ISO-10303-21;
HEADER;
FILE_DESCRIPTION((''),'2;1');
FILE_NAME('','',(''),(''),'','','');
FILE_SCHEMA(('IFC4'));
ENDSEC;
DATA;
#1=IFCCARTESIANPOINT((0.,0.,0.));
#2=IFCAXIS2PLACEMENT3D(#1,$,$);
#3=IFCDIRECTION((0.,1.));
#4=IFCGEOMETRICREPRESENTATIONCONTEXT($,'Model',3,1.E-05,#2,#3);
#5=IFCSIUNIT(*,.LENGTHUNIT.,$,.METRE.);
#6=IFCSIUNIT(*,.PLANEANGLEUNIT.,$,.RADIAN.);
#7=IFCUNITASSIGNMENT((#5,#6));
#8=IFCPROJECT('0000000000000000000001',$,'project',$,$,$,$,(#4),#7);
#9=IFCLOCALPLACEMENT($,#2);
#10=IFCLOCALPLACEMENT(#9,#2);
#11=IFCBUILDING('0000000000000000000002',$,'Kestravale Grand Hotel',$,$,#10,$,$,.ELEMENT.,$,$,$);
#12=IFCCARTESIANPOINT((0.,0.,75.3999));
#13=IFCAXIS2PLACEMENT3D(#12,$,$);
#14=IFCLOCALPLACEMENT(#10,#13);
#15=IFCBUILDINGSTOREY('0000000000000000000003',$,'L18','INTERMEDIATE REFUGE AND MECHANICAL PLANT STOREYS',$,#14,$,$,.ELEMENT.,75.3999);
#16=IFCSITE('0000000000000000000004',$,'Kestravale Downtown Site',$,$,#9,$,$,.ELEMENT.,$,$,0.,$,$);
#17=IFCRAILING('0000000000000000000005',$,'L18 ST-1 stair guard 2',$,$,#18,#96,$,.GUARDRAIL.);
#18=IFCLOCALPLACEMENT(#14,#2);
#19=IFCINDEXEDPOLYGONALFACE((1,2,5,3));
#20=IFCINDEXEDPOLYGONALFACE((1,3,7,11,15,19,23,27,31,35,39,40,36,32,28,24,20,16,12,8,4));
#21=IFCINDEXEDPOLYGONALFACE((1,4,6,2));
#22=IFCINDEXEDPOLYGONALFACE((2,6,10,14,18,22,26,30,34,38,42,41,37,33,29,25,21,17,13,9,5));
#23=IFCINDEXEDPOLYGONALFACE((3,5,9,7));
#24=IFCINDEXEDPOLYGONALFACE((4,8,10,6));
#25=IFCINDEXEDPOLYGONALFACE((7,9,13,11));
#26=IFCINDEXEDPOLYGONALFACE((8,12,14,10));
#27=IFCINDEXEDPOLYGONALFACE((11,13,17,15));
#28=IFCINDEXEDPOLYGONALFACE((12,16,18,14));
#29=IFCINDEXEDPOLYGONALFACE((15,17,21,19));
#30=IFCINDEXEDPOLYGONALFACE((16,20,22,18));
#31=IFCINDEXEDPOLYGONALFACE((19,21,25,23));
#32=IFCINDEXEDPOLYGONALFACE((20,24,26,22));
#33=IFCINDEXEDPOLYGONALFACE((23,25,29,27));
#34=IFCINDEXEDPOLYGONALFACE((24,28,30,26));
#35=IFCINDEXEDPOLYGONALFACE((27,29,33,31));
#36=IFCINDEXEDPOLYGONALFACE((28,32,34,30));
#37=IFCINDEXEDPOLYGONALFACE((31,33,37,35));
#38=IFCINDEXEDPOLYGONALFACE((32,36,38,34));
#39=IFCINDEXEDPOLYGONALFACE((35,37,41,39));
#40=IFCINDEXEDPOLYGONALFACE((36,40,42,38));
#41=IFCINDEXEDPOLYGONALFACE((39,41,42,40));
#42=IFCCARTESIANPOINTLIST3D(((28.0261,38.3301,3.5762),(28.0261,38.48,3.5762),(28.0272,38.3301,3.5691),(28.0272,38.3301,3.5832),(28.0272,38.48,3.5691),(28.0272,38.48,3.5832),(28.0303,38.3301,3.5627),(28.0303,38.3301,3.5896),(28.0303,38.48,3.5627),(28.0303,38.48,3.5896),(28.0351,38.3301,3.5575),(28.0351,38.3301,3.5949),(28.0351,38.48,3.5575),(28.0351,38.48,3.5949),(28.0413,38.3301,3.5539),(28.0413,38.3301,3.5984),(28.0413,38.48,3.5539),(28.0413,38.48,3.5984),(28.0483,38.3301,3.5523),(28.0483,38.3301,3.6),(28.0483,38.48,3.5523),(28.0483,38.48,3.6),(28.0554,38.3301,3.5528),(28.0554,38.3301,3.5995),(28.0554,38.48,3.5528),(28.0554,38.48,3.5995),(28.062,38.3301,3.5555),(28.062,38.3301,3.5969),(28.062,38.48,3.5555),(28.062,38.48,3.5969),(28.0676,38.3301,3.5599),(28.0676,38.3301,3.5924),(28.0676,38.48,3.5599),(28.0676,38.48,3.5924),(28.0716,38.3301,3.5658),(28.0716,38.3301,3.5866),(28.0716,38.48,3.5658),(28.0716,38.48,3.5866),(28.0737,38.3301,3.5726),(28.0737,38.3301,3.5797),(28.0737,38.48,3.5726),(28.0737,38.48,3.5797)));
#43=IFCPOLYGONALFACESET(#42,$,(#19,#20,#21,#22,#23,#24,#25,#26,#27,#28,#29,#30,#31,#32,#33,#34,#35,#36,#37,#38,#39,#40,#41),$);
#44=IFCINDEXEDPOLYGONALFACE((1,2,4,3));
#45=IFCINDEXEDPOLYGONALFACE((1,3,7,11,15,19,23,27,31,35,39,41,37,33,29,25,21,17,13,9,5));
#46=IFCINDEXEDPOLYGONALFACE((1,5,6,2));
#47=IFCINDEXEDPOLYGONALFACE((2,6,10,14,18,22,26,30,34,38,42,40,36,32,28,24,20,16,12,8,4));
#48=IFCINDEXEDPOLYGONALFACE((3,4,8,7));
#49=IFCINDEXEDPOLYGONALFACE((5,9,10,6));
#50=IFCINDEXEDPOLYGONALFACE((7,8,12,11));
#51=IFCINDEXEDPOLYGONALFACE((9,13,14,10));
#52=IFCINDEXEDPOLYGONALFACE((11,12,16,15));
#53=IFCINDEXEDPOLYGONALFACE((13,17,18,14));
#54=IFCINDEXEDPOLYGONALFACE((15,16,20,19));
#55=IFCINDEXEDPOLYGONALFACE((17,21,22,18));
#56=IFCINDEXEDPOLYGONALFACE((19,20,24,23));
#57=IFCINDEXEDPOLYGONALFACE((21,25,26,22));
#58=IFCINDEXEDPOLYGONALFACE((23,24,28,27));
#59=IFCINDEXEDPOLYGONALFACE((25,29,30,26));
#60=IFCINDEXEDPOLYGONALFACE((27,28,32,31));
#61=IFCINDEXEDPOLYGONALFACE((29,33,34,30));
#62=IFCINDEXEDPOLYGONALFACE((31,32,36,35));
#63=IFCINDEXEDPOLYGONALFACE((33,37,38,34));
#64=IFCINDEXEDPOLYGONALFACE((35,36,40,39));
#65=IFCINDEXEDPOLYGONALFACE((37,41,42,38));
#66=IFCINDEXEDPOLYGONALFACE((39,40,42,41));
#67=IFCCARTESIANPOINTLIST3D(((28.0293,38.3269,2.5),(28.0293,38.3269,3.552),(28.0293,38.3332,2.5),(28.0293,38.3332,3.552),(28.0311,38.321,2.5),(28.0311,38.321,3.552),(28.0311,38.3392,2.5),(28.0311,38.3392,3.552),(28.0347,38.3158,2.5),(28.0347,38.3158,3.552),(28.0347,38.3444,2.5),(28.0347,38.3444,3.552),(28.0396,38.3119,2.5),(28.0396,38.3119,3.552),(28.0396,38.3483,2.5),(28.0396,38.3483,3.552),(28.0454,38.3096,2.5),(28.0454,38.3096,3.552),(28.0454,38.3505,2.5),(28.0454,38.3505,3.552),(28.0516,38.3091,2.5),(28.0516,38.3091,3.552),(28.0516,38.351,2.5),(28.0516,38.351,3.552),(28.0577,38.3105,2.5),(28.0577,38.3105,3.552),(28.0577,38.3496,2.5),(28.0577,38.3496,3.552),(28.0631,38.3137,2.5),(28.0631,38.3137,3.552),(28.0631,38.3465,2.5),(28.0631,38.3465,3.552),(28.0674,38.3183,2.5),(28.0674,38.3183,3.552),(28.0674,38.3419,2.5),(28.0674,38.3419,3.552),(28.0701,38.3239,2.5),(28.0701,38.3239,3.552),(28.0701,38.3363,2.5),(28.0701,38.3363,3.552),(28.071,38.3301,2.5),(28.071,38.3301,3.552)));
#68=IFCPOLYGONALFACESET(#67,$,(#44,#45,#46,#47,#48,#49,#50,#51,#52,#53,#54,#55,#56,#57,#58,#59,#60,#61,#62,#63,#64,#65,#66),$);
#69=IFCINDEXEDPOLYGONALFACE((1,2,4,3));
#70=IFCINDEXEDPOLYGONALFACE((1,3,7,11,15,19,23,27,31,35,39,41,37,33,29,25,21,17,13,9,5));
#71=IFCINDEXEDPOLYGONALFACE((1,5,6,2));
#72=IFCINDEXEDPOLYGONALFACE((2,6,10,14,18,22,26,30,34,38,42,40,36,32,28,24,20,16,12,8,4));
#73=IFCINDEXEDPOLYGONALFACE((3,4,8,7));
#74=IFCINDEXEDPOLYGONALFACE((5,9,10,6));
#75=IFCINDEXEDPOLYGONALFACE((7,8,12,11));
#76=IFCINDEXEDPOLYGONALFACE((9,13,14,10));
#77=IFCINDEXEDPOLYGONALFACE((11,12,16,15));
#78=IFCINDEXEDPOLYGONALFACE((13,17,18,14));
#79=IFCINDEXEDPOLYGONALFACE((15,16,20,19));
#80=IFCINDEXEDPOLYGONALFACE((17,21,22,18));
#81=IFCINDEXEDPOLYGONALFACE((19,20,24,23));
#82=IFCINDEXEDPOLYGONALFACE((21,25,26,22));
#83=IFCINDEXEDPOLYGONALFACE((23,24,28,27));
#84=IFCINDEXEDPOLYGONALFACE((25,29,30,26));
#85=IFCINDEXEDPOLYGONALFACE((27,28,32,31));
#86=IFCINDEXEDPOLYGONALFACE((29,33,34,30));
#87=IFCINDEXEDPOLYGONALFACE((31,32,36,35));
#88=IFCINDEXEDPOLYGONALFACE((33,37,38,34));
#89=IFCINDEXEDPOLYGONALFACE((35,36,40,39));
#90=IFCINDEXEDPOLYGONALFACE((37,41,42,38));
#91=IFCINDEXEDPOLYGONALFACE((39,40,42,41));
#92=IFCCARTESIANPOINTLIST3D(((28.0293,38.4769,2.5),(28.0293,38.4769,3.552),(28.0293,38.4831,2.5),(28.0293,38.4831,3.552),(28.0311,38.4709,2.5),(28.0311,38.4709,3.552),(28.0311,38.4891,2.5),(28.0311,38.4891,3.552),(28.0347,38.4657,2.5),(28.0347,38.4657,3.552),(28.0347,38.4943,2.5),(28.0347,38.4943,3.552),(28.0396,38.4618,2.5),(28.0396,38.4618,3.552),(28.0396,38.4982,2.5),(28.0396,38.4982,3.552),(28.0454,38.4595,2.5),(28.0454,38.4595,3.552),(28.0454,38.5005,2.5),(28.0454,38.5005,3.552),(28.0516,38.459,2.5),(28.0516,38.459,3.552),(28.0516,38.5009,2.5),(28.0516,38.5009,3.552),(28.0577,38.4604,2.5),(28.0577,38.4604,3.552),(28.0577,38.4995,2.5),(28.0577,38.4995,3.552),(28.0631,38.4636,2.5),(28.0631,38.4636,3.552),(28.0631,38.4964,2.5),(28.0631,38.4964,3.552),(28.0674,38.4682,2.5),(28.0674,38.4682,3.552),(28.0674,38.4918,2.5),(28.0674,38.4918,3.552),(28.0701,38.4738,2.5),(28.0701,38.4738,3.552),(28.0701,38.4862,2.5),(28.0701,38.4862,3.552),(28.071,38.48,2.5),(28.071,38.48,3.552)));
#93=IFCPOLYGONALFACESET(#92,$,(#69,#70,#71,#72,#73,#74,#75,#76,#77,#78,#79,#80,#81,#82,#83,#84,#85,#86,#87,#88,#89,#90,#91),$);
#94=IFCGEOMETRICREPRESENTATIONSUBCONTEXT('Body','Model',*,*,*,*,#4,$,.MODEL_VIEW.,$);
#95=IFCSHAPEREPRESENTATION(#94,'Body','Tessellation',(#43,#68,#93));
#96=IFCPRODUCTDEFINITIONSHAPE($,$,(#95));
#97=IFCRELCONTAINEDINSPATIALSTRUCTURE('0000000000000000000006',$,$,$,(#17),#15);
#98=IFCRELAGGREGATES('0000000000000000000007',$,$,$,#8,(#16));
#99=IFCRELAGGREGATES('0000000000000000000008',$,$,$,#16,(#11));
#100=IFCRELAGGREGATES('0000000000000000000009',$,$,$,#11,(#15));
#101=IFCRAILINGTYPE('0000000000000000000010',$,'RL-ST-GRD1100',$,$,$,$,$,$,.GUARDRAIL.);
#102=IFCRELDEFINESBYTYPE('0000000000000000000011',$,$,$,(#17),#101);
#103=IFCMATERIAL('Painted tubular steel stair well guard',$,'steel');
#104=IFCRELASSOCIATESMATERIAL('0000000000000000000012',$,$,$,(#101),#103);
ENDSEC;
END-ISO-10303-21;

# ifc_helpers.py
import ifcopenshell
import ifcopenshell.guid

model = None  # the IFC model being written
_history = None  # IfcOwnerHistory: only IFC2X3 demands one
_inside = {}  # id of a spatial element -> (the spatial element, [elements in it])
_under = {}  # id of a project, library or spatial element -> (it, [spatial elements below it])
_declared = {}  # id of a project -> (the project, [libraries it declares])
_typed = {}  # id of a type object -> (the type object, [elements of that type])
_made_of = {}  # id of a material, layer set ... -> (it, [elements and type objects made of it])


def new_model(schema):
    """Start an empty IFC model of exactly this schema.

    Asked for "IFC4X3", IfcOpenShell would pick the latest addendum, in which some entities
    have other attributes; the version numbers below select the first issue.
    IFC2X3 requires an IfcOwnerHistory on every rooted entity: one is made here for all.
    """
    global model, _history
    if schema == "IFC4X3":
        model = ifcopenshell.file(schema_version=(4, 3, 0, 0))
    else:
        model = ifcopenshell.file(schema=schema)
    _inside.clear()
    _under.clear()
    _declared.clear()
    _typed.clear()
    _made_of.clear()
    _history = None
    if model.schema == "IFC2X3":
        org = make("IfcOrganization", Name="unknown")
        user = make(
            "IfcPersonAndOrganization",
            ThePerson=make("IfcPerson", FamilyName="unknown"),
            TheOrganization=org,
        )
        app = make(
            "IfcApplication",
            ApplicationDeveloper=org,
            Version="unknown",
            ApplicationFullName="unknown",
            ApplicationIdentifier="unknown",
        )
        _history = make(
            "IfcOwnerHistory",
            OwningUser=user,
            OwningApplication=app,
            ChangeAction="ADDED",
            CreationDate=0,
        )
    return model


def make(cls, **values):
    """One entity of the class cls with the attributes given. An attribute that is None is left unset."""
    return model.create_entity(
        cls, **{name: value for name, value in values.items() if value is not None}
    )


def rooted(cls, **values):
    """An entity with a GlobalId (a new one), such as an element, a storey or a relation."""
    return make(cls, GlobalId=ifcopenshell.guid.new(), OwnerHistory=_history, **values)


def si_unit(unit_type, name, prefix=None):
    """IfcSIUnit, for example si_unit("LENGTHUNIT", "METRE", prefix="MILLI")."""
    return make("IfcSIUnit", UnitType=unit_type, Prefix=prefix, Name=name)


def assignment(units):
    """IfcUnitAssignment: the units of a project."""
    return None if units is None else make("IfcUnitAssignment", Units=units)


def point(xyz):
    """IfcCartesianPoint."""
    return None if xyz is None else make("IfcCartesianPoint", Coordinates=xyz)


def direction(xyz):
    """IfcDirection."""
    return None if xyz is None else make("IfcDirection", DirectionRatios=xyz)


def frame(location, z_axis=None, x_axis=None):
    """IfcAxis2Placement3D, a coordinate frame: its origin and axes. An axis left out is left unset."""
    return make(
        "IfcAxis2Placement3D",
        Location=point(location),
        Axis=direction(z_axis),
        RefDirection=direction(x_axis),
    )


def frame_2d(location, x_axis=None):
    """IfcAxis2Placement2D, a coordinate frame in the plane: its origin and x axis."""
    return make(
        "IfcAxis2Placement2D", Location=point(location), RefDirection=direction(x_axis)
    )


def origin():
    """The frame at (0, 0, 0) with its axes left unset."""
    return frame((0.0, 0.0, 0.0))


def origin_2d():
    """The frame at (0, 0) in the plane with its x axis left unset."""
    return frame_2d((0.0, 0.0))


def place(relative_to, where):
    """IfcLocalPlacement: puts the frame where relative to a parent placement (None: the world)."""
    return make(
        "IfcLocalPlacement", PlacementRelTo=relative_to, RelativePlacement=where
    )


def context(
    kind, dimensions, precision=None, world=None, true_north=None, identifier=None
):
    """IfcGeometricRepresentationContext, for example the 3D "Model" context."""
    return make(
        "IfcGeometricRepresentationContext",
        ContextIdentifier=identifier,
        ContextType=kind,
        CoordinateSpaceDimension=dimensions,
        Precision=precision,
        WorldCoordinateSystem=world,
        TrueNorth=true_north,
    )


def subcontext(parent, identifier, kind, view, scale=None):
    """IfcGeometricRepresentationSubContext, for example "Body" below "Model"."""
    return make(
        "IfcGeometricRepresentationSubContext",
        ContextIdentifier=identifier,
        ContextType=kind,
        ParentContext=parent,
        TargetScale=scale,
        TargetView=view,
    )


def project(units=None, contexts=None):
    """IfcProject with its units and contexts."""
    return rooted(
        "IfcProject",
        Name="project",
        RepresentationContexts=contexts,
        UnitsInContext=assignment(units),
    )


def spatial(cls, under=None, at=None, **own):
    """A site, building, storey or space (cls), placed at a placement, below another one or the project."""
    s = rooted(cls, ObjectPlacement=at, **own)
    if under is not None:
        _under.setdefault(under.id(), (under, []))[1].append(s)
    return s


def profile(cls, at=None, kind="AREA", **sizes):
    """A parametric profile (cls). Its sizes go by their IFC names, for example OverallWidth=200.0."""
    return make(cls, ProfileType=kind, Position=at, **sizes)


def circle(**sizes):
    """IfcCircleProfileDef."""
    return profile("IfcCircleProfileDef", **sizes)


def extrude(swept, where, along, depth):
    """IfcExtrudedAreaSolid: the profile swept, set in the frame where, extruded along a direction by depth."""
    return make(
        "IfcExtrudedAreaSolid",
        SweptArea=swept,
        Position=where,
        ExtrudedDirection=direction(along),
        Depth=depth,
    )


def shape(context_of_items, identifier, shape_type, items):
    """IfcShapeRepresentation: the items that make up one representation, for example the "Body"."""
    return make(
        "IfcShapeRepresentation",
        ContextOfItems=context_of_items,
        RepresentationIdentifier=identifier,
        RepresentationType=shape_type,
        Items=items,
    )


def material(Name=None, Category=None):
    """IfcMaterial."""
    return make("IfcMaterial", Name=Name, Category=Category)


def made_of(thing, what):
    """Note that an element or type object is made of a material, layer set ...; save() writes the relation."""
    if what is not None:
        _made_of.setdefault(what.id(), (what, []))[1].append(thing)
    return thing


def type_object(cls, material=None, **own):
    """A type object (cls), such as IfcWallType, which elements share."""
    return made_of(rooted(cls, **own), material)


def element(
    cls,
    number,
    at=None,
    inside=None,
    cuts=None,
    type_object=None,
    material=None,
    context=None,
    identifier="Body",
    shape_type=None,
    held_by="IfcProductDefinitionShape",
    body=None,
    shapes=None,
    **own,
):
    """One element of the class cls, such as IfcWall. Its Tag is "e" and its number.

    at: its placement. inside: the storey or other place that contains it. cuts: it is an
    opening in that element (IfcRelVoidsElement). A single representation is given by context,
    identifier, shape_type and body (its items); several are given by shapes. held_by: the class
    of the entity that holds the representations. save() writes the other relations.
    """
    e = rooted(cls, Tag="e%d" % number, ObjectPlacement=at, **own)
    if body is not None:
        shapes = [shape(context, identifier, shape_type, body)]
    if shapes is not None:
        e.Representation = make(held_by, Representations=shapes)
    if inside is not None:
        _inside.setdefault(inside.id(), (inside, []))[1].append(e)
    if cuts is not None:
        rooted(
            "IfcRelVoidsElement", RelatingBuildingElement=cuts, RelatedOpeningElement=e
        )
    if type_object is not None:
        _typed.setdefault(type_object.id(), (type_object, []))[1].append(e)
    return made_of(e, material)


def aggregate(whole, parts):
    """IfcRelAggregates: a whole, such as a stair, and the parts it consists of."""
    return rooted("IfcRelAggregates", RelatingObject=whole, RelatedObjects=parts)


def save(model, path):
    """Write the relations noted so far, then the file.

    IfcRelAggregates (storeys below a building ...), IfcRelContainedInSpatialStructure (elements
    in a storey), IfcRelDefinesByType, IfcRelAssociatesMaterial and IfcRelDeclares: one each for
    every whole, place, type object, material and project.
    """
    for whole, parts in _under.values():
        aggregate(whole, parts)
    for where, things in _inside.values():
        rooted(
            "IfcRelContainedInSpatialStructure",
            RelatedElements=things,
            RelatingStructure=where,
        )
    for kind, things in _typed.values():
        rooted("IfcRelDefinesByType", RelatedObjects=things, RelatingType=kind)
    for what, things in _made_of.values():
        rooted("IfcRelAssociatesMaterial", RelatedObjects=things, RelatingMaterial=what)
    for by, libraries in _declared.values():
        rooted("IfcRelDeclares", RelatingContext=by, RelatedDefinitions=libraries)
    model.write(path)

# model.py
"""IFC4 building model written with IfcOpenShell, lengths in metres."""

from ifc_helpers import new_model, si_unit, direction, frame, origin, origin_2d, place, context, subcontext, project, spatial, circle, extrude, material, type_object, element, save


model = new_model("IFC4")

# Units and contexts
model_context = context("Model", 3, precision=1e-05, world=origin(), true_north=direction((0.0, 1.0)))
body_context = subcontext(model_context, "Body", "Model", "MODEL_VIEW")
ifc_project = project(units=[si_unit("LENGTHUNIT", "METRE"), si_unit("PLANEANGLEUNIT", "RADIAN")], contexts=[model_context])

# Site, building, storey
site_placement = place(None, origin())
site = spatial("IfcSite", under=ifc_project, at=site_placement, Name="Kestravale Downtown Site", CompositionType="ELEMENT", RefElevation=0.0)
building_placement = place(site_placement, origin())
building = spatial("IfcBuilding", under=site, at=building_placement, Name="Kestravale Grand Hotel", CompositionType="ELEMENT")
storey_placement = place(building_placement, frame((0.0, 0.0, 75.3999)))
storey = spatial("IfcBuildingStorey", under=building, at=storey_placement, Name="L18", Description="INTERMEDIATE REFUGE AND MECHANICAL PLANT STOREYS", CompositionType="ELEMENT", Elevation=75.3999)

# Railing
ifc_material_1 = material(Name="Painted tubular steel stair well guard", Category="steel")
railing_type_1 = type_object("IfcRailingType", Name="RL-ST-GRD1100", PredefinedType="GUARDRAIL", material=ifc_material_1)
railing_1_placement = place(storey_placement, frame((28.05, 38.3301, 2.5)))
element("IfcRailing", 1, at=railing_1_placement, inside=storey, type_object=railing_type_1, Name="L18 ST-1 stair guard 2", PredefinedType="GUARDRAIL", context=body_context, shape_type="SweptSolid", body=[
    extrude(circle(Radius=0.0239, at=origin_2d()), frame((0.0, 0.0, 1.0762), z_axis=(0.0, 1.0, 0.0), x_axis=(-1.0, 0.0, 0.0)), (0.0, 0.0, 1.0), 0.1499),
    extrude(circle(Radius=0.021, at=origin_2d()), origin(), (0.0, 0.0, 1.0), 1.052),
    extrude(circle(Radius=0.021, at=origin_2d()), frame((0.0, 0.1499, 0.0)), (0.0, 0.0, 1.0), 1.052),
])

save(model, "model.ifc")
